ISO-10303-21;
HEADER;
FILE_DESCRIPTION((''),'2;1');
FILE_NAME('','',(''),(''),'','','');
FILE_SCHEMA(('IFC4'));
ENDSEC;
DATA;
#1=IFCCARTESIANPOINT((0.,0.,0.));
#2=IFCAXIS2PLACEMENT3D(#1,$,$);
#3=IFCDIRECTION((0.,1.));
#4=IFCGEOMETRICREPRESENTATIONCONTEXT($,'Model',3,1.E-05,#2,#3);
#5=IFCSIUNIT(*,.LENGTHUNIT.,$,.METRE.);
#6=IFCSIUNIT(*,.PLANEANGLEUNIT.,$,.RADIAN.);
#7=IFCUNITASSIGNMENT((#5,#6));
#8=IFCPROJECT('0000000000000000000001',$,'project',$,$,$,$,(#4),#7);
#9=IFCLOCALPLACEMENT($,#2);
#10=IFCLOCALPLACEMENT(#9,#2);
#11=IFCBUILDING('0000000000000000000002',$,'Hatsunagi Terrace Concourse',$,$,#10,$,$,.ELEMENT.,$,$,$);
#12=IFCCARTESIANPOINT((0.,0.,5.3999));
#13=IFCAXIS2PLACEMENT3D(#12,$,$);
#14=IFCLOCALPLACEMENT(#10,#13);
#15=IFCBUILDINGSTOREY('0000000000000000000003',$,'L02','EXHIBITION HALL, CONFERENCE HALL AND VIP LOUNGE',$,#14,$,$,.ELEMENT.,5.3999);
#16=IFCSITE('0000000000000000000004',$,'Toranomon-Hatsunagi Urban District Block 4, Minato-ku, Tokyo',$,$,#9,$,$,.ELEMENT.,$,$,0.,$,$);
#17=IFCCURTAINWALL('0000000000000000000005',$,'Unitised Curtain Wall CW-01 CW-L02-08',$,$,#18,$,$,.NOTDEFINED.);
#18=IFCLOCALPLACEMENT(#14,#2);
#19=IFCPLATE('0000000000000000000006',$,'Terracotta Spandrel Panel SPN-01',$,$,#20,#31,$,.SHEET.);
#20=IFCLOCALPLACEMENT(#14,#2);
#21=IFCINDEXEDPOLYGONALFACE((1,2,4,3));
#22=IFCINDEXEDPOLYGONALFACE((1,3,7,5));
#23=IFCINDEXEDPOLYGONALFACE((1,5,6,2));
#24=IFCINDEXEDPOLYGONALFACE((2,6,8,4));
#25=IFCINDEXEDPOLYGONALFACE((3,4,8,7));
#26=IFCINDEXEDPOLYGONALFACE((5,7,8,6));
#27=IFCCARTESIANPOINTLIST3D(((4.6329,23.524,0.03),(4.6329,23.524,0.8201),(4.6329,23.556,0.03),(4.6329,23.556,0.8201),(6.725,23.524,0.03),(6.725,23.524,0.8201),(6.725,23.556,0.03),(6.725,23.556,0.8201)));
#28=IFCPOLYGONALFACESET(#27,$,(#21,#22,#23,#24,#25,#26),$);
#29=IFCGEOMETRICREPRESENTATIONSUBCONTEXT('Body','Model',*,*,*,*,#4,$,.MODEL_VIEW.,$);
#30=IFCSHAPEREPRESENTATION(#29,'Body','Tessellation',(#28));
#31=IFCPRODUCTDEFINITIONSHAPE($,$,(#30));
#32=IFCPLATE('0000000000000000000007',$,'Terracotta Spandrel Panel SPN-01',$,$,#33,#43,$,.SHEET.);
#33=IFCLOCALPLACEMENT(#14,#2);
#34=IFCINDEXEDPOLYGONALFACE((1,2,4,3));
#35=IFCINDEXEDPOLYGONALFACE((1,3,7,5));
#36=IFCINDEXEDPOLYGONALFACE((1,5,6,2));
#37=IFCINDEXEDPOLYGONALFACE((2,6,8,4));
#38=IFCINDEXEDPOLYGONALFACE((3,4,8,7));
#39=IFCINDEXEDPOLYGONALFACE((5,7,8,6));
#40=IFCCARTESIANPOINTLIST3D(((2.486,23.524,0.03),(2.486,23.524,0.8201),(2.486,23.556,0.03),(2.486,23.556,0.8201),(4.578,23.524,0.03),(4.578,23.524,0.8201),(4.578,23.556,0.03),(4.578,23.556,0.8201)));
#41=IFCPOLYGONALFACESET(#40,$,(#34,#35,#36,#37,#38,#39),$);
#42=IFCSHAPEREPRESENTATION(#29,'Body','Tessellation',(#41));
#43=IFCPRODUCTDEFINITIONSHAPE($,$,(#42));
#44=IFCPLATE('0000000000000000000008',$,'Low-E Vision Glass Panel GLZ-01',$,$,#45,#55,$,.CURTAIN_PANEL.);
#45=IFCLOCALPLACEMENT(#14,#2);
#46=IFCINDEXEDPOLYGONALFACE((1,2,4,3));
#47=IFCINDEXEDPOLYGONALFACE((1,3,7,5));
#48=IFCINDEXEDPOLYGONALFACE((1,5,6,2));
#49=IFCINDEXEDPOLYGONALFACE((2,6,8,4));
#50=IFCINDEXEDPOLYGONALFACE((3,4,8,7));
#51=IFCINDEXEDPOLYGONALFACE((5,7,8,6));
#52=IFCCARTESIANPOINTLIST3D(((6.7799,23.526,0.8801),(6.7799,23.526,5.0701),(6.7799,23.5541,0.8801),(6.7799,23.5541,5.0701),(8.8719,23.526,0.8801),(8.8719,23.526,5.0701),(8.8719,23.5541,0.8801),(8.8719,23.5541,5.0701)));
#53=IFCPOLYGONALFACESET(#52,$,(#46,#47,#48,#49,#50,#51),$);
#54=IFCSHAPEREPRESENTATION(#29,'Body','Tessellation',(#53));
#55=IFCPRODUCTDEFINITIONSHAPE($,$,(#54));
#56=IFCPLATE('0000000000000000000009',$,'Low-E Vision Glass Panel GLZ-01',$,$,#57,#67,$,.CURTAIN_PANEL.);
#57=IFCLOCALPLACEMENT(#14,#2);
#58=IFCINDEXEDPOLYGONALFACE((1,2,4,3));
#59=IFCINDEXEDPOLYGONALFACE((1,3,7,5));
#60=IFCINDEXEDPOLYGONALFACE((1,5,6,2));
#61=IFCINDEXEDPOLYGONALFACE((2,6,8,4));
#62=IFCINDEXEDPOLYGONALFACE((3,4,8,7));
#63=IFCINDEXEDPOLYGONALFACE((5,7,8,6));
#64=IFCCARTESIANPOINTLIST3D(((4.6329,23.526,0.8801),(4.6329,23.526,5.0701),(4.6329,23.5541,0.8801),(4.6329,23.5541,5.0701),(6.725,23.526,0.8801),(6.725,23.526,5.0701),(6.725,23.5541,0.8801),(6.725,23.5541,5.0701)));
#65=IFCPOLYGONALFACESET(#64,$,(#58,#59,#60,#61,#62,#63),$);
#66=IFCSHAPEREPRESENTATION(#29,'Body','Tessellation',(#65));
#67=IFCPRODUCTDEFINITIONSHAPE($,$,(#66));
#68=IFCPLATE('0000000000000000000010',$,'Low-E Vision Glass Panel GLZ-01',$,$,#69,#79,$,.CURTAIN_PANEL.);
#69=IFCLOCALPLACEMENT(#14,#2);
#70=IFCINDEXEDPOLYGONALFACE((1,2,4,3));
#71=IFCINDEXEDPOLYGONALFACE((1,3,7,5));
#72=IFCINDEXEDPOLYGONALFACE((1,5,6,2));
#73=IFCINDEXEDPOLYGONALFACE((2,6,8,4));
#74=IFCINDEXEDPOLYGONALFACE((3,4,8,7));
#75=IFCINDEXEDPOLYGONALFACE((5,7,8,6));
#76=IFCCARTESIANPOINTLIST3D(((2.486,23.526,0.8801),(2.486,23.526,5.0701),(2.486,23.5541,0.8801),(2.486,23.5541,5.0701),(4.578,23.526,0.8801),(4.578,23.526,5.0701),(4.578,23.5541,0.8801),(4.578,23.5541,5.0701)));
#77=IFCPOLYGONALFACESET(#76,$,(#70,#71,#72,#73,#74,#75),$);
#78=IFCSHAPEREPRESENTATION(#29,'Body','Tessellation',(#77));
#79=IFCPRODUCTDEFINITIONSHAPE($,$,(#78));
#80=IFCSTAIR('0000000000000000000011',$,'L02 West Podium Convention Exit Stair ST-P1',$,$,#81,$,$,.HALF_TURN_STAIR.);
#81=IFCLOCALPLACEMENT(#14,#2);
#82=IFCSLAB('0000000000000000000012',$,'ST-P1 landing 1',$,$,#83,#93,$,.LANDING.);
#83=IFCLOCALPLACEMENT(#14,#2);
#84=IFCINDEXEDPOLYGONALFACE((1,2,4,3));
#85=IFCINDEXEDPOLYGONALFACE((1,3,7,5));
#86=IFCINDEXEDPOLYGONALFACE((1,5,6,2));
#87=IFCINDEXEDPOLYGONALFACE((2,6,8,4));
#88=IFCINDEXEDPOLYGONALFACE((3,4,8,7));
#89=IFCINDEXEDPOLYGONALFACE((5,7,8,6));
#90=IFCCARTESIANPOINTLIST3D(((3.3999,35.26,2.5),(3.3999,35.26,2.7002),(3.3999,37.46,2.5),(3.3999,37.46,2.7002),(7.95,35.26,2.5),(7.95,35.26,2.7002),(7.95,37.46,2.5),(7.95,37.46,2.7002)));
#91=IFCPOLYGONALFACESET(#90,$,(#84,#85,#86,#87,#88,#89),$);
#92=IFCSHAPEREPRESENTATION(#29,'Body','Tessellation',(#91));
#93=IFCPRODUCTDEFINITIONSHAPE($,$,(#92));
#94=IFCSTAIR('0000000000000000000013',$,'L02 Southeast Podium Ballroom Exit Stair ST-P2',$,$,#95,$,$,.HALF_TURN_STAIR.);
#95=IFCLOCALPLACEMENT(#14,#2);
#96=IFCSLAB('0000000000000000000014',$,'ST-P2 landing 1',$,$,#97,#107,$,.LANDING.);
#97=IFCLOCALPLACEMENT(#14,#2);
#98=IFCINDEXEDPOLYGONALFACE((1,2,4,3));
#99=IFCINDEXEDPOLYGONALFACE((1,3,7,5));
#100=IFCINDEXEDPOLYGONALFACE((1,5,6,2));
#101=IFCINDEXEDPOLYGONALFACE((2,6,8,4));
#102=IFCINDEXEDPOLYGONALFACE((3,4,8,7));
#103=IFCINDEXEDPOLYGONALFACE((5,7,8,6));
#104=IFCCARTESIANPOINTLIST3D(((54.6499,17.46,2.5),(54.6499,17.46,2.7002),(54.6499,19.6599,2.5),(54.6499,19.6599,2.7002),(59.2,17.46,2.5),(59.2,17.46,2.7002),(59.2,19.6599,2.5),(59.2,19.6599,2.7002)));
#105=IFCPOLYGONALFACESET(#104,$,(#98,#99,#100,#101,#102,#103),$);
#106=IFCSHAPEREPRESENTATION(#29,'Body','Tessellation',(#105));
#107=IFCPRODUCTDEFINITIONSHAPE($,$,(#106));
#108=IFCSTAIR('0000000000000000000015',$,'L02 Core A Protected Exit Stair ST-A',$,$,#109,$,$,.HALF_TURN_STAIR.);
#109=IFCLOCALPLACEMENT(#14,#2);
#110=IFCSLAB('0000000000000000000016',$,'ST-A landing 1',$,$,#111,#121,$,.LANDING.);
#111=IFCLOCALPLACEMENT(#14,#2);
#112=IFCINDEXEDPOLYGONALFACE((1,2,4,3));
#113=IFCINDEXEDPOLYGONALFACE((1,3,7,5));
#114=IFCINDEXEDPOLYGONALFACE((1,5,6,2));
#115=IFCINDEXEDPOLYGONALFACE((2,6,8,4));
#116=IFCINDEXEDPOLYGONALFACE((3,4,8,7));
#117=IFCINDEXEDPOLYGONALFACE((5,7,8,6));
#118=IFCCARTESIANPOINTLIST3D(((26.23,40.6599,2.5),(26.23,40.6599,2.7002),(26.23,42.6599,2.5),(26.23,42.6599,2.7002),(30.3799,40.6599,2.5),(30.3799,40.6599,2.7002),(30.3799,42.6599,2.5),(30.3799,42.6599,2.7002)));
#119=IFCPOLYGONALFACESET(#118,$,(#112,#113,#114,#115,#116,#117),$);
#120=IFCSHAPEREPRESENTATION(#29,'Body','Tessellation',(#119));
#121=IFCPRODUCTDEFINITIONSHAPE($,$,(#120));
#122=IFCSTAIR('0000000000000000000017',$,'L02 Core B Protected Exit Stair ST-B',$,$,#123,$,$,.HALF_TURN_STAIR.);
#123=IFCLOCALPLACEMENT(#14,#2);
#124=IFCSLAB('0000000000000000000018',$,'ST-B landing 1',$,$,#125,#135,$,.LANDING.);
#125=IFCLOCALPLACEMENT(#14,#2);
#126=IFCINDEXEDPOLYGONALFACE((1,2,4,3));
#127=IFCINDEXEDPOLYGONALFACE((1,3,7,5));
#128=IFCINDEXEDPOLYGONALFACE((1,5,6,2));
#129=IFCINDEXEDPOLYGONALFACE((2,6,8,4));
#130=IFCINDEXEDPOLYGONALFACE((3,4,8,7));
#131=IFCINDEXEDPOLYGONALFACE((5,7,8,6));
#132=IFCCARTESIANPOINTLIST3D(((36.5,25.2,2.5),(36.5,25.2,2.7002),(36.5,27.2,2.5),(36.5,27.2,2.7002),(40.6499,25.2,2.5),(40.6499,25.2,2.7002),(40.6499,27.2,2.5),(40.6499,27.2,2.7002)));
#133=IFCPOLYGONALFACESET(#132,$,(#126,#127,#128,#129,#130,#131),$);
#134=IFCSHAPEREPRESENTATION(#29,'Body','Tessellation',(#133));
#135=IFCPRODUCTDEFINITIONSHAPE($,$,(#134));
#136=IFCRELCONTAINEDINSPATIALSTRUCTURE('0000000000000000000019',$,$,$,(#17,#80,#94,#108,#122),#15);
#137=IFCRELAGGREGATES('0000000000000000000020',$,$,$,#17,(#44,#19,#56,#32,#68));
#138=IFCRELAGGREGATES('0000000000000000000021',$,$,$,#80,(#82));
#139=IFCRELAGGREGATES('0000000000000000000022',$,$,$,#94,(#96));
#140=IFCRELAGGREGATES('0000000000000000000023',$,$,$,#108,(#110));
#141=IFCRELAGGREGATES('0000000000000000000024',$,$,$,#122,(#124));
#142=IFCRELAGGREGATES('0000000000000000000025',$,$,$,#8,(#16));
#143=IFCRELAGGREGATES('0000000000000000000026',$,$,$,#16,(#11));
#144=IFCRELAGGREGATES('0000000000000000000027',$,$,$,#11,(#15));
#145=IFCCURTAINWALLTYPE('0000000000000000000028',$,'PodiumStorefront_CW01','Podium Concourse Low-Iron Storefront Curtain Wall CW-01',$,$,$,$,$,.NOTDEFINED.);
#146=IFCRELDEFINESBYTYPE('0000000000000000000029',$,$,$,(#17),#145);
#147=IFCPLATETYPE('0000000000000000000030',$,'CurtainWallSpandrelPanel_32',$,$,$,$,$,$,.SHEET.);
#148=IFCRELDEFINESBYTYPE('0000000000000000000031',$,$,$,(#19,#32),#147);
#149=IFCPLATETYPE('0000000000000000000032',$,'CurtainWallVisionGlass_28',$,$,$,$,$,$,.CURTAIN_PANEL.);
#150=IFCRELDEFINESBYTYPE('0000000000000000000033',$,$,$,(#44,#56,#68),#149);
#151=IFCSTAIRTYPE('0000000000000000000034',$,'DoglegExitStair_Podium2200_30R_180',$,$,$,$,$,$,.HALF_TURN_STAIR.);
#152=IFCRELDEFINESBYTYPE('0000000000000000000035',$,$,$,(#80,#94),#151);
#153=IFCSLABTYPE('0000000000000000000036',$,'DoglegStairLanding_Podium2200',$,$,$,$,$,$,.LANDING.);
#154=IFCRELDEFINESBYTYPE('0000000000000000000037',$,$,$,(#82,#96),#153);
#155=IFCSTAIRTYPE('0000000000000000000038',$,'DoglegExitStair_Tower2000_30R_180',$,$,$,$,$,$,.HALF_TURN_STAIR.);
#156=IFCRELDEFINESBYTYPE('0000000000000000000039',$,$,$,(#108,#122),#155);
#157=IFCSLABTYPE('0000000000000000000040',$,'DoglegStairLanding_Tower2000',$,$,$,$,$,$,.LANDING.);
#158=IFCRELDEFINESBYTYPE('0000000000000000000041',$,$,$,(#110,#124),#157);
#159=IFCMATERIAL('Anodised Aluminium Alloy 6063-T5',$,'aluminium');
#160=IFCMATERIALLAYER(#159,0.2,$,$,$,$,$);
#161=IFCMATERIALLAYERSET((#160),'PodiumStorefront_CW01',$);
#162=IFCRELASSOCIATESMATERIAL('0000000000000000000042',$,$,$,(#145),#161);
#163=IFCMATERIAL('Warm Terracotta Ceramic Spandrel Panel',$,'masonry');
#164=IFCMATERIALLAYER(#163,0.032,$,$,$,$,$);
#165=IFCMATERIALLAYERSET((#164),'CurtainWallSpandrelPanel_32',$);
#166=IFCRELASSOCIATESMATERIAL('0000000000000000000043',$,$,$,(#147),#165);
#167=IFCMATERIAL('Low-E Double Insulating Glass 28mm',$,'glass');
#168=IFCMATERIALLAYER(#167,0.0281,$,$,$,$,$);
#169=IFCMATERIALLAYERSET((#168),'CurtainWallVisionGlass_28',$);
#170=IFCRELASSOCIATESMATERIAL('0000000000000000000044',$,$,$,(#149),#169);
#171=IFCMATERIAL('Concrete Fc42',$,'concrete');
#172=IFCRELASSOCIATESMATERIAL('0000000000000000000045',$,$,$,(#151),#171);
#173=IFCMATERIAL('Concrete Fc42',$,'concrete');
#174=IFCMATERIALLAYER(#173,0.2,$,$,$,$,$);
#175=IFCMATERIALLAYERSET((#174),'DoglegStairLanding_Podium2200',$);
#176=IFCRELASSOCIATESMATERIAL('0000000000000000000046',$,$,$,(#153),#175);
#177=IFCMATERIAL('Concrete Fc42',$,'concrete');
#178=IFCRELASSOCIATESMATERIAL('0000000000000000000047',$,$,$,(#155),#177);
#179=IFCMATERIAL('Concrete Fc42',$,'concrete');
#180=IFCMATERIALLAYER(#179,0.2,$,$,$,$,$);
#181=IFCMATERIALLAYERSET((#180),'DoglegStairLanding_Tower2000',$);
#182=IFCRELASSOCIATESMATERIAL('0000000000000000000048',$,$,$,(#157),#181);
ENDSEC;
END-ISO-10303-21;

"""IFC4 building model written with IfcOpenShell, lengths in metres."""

from ifc_helpers import new_model, si_unit, direction, frame, origin, origin_2d, place, context, subcontext, project, spatial, polyline, rectangle, outline, extrude, material, layer, layer_set, type_object, element, aggregate, save


model = new_model("IFC4")

# Units and contexts
model_context = context("Model", 3, precision=1e-05, world=origin(), true_north=direction((0.0, 1.0)))
body_context = subcontext(model_context, "Body", "Model", "MODEL_VIEW")
ifc_project = project(units=[si_unit("LENGTHUNIT", "METRE"), si_unit("PLANEANGLEUNIT", "RADIAN")], contexts=[model_context])

# Site, building, storey
site_placement = place(None, origin())
site = spatial("IfcSite", under=ifc_project, at=site_placement, Name="Toranomon-Hatsunagi Urban District Block 4, Minato-ku, Tokyo", CompositionType="ELEMENT", RefElevation=0.0)
building_placement = place(site_placement, origin())
building = spatial("IfcBuilding", under=site, at=building_placement, Name="Hatsunagi Terrace Concourse", CompositionType="ELEMENT")
storey_placement = place(building_placement, frame((0.0, 0.0, 5.3999)))
storey = spatial("IfcBuildingStorey", under=building, at=storey_placement, Name="L02", Description="EXHIBITION HALL, CONFERENCE HALL AND VIP LOUNGE", CompositionType="ELEMENT", Elevation=5.3999)

# Curtain wall
ifc_material_1 = material(Name="Anodised Aluminium Alloy 6063-T5", Category="aluminium")
ifc_layer_1 = layer(ifc_material_1, 0.2)
ifc_layer_set_1 = layer_set([ifc_layer_1], Name="PodiumStorefront_CW01")
curtain_wall_type = type_object("IfcCurtainWallType", Name="PodiumStorefront_CW01", Description="Podium Concourse Low-Iron Storefront Curtain Wall CW-01", PredefinedType="NOTDEFINED", material=ifc_layer_set_1)
curtain_wall_placement = place(storey_placement, origin())
curtain_wall = element("IfcCurtainWall", 1, at=curtain_wall_placement, inside=storey, type_object=curtain_wall_type, Name="Unitised Curtain Wall CW-01 CW-L02-08", PredefinedType="NOTDEFINED")

# Plates
ifc_material_2 = material(Name="Warm Terracotta Ceramic Spandrel Panel", Category="masonry")
ifc_layer_2 = layer(ifc_material_2, 0.032)
ifc_layer_set_2 = layer_set([ifc_layer_2], Name="CurtainWallSpandrelPanel_32")
plate_type_1 = type_object("IfcPlateType", Name="CurtainWallSpandrelPanel_32", PredefinedType="SHEET", material=ifc_layer_set_2)
plate_1_placement = place(storey_placement, frame((5.679, 23.54, 0.03), z_axis=(0.0, 0.0, 1.0), x_axis=(-1.0, 0.0, 0.0)))
plate_1 = element("IfcPlate", 2, at=plate_1_placement, type_object=plate_type_1, Name="Terracotta Spandrel Panel SPN-01", PredefinedType="SHEET", context=body_context, shape_type="SweptSolid", body=[
    extrude(rectangle(XDim=2.092, YDim=0.032, at=origin_2d()), origin(), (0.0, 0.0, 1.0), 0.79),
])
plate_2_placement = place(storey_placement, frame((3.532, 23.54, 0.03), z_axis=(0.0, 0.0, 1.0), x_axis=(-1.0, 0.0, 0.0)))
plate_2 = element("IfcPlate", 3, at=plate_2_placement, type_object=plate_type_1, Name="Terracotta Spandrel Panel SPN-01", PredefinedType="SHEET", context=body_context, shape_type="SweptSolid", body=[
    extrude(rectangle(XDim=2.092, YDim=0.032, at=origin_2d()), origin(), (0.0, 0.0, 1.0), 0.79),
])
ifc_material_3 = material(Name="Low-E Double Insulating Glass 28mm", Category="glass")
ifc_layer_3 = layer(ifc_material_3, 0.0281)
ifc_layer_set_3 = layer_set([ifc_layer_3], Name="CurtainWallVisionGlass_28")
plate_type_2 = type_object("IfcPlateType", Name="CurtainWallVisionGlass_28", PredefinedType="CURTAIN_PANEL", material=ifc_layer_set_3)
plate_3_placement = place(storey_placement, frame((7.8259, 23.54, 0.8801), z_axis=(0.0, 0.0, 1.0), x_axis=(-1.0, 0.0, 0.0)))
plate_3 = element("IfcPlate", 4, at=plate_3_placement, type_object=plate_type_2, Name="Low-E Vision Glass Panel GLZ-01", PredefinedType="CURTAIN_PANEL", context=body_context, shape_type="SweptSolid", body=[
    extrude(rectangle(XDim=2.092, YDim=0.0281, at=origin_2d()), origin(), (0.0, 0.0, 1.0), 4.1899),
])
plate_4_placement = place(storey_placement, frame((5.679, 23.54, 0.8801), z_axis=(0.0, 0.0, 1.0), x_axis=(-1.0, 0.0, 0.0)))
plate_4 = element("IfcPlate", 5, at=plate_4_placement, type_object=plate_type_2, Name="Low-E Vision Glass Panel GLZ-01", PredefinedType="CURTAIN_PANEL", context=body_context, shape_type="SweptSolid", body=[
    extrude(rectangle(XDim=2.092, YDim=0.0281, at=origin_2d()), origin(), (0.0, 0.0, 1.0), 4.1899),
])
plate_5_placement = place(storey_placement, frame((3.532, 23.54, 0.8801), z_axis=(0.0, 0.0, 1.0), x_axis=(-1.0, 0.0, 0.0)))
plate_5 = element("IfcPlate", 6, at=plate_5_placement, type_object=plate_type_2, Name="Low-E Vision Glass Panel GLZ-01", PredefinedType="CURTAIN_PANEL", context=body_context, shape_type="SweptSolid", body=[
    extrude(rectangle(XDim=2.092, YDim=0.0281, at=origin_2d()), origin(), (0.0, 0.0, 1.0), 4.1899),
])
aggregate(curtain_wall, [plate_3, plate_1, plate_4, plate_2, plate_5])

# Stairs, slabs
ifc_material_4 = material(Name="Concrete Fc42", Category="concrete")
stair_type_1 = type_object("IfcStairType", Name="DoglegExitStair_Podium2200_30R_180", PredefinedType="HALF_TURN_STAIR", material=ifc_material_4)
stair_1_placement = place(storey_placement, origin())
stair_1 = element("IfcStair", 7, at=stair_1_placement, inside=storey, type_object=stair_type_1, Name="L02 West Podium Convention Exit Stair ST-P1", PredefinedType="HALF_TURN_STAIR")
ifc_material_5 = material(Name="Concrete Fc42", Category="concrete")
ifc_layer_4 = layer(ifc_material_5, 0.2)
ifc_layer_set_4 = layer_set([ifc_layer_4], Name="DoglegStairLanding_Podium2200")
slab_type_1 = type_object("IfcSlabType", Name="DoglegStairLanding_Podium2200", PredefinedType="LANDING", material=ifc_layer_set_4)
slab_1_placement = place(storey_placement, frame((0.0, 0.0, 2.5)))
slab_1 = element("IfcSlab", 8, at=slab_1_placement, type_object=slab_type_1, Name="ST-P1 landing 1", PredefinedType="LANDING", context=body_context, shape_type="SweptSolid", body=[
    extrude(outline(polyline([(7.95, 35.26), (7.95, 37.46), (3.3999, 37.46), (3.3999, 35.26), (7.95, 35.26)])), origin(), (0.0, 0.0, 1.0), 0.2002),
])
aggregate(stair_1, [slab_1])
stair_2_placement = place(storey_placement, origin())
stair_2 = element("IfcStair", 9, at=stair_2_placement, inside=storey, type_object=stair_type_1, Name="L02 Southeast Podium Ballroom Exit Stair ST-P2", PredefinedType="HALF_TURN_STAIR")
slab_2_placement = place(storey_placement, frame((0.0, 0.0, 2.5)))
slab_2 = element("IfcSlab", 10, at=slab_2_placement, type_object=slab_type_1, Name="ST-P2 landing 1", PredefinedType="LANDING", context=body_context, shape_type="SweptSolid", body=[
    extrude(outline(polyline([(59.2, 17.46), (59.2, 19.6599), (54.6499, 19.6599), (54.6499, 17.46), (59.2, 17.46)])), origin(), (0.0, 0.0, 1.0), 0.2002),
])
aggregate(stair_2, [slab_2])
ifc_material_6 = material(Name="Concrete Fc42", Category="concrete")
stair_type_2 = type_object("IfcStairType", Name="DoglegExitStair_Tower2000_30R_180", PredefinedType="HALF_TURN_STAIR", material=ifc_material_6)
stair_3_placement = place(storey_placement, origin())
stair_3 = element("IfcStair", 11, at=stair_3_placement, inside=storey, type_object=stair_type_2, Name="L02 Core A Protected Exit Stair ST-A", PredefinedType="HALF_TURN_STAIR")
ifc_material_7 = material(Name="Concrete Fc42", Category="concrete")
ifc_layer_5 = layer(ifc_material_7, 0.2)
ifc_layer_set_5 = layer_set([ifc_layer_5], Name="DoglegStairLanding_Tower2000")
slab_type_2 = type_object("IfcSlabType", Name="DoglegStairLanding_Tower2000", PredefinedType="LANDING", material=ifc_layer_set_5)
slab_3_placement = place(storey_placement, frame((0.0, 0.0, 2.5)))
slab_3 = element("IfcSlab", 12, at=slab_3_placement, type_object=slab_type_2, Name="ST-A landing 1", PredefinedType="LANDING", context=body_context, shape_type="SweptSolid", body=[
    extrude(outline(polyline([(30.3799, 40.6599), (30.3799, 42.6599), (26.23, 42.6599), (26.23, 40.6599), (30.3799, 40.6599)])), origin(), (0.0, 0.0, 1.0), 0.2002),
])
aggregate(stair_3, [slab_3])
stair_4_placement = place(storey_placement, origin())
stair_4 = element("IfcStair", 13, at=stair_4_placement, inside=storey, type_object=stair_type_2, Name="L02 Core B Protected Exit Stair ST-B", PredefinedType="HALF_TURN_STAIR")
slab_4_placement = place(storey_placement, frame((0.0, 0.0, 2.5)))
slab_4 = element("IfcSlab", 14, at=slab_4_placement, type_object=slab_type_2, Name="ST-B landing 1", PredefinedType="LANDING", context=body_context, shape_type="SweptSolid", body=[
    extrude(outline(polyline([(36.5, 27.2), (36.5, 25.2), (40.6499, 25.2), (40.6499, 27.2), (36.5, 27.2)])), origin(), (0.0, 0.0, 1.0), 0.2002),
])
aggregate(stair_4, [slab_4])

save(model, "model.ifc")
